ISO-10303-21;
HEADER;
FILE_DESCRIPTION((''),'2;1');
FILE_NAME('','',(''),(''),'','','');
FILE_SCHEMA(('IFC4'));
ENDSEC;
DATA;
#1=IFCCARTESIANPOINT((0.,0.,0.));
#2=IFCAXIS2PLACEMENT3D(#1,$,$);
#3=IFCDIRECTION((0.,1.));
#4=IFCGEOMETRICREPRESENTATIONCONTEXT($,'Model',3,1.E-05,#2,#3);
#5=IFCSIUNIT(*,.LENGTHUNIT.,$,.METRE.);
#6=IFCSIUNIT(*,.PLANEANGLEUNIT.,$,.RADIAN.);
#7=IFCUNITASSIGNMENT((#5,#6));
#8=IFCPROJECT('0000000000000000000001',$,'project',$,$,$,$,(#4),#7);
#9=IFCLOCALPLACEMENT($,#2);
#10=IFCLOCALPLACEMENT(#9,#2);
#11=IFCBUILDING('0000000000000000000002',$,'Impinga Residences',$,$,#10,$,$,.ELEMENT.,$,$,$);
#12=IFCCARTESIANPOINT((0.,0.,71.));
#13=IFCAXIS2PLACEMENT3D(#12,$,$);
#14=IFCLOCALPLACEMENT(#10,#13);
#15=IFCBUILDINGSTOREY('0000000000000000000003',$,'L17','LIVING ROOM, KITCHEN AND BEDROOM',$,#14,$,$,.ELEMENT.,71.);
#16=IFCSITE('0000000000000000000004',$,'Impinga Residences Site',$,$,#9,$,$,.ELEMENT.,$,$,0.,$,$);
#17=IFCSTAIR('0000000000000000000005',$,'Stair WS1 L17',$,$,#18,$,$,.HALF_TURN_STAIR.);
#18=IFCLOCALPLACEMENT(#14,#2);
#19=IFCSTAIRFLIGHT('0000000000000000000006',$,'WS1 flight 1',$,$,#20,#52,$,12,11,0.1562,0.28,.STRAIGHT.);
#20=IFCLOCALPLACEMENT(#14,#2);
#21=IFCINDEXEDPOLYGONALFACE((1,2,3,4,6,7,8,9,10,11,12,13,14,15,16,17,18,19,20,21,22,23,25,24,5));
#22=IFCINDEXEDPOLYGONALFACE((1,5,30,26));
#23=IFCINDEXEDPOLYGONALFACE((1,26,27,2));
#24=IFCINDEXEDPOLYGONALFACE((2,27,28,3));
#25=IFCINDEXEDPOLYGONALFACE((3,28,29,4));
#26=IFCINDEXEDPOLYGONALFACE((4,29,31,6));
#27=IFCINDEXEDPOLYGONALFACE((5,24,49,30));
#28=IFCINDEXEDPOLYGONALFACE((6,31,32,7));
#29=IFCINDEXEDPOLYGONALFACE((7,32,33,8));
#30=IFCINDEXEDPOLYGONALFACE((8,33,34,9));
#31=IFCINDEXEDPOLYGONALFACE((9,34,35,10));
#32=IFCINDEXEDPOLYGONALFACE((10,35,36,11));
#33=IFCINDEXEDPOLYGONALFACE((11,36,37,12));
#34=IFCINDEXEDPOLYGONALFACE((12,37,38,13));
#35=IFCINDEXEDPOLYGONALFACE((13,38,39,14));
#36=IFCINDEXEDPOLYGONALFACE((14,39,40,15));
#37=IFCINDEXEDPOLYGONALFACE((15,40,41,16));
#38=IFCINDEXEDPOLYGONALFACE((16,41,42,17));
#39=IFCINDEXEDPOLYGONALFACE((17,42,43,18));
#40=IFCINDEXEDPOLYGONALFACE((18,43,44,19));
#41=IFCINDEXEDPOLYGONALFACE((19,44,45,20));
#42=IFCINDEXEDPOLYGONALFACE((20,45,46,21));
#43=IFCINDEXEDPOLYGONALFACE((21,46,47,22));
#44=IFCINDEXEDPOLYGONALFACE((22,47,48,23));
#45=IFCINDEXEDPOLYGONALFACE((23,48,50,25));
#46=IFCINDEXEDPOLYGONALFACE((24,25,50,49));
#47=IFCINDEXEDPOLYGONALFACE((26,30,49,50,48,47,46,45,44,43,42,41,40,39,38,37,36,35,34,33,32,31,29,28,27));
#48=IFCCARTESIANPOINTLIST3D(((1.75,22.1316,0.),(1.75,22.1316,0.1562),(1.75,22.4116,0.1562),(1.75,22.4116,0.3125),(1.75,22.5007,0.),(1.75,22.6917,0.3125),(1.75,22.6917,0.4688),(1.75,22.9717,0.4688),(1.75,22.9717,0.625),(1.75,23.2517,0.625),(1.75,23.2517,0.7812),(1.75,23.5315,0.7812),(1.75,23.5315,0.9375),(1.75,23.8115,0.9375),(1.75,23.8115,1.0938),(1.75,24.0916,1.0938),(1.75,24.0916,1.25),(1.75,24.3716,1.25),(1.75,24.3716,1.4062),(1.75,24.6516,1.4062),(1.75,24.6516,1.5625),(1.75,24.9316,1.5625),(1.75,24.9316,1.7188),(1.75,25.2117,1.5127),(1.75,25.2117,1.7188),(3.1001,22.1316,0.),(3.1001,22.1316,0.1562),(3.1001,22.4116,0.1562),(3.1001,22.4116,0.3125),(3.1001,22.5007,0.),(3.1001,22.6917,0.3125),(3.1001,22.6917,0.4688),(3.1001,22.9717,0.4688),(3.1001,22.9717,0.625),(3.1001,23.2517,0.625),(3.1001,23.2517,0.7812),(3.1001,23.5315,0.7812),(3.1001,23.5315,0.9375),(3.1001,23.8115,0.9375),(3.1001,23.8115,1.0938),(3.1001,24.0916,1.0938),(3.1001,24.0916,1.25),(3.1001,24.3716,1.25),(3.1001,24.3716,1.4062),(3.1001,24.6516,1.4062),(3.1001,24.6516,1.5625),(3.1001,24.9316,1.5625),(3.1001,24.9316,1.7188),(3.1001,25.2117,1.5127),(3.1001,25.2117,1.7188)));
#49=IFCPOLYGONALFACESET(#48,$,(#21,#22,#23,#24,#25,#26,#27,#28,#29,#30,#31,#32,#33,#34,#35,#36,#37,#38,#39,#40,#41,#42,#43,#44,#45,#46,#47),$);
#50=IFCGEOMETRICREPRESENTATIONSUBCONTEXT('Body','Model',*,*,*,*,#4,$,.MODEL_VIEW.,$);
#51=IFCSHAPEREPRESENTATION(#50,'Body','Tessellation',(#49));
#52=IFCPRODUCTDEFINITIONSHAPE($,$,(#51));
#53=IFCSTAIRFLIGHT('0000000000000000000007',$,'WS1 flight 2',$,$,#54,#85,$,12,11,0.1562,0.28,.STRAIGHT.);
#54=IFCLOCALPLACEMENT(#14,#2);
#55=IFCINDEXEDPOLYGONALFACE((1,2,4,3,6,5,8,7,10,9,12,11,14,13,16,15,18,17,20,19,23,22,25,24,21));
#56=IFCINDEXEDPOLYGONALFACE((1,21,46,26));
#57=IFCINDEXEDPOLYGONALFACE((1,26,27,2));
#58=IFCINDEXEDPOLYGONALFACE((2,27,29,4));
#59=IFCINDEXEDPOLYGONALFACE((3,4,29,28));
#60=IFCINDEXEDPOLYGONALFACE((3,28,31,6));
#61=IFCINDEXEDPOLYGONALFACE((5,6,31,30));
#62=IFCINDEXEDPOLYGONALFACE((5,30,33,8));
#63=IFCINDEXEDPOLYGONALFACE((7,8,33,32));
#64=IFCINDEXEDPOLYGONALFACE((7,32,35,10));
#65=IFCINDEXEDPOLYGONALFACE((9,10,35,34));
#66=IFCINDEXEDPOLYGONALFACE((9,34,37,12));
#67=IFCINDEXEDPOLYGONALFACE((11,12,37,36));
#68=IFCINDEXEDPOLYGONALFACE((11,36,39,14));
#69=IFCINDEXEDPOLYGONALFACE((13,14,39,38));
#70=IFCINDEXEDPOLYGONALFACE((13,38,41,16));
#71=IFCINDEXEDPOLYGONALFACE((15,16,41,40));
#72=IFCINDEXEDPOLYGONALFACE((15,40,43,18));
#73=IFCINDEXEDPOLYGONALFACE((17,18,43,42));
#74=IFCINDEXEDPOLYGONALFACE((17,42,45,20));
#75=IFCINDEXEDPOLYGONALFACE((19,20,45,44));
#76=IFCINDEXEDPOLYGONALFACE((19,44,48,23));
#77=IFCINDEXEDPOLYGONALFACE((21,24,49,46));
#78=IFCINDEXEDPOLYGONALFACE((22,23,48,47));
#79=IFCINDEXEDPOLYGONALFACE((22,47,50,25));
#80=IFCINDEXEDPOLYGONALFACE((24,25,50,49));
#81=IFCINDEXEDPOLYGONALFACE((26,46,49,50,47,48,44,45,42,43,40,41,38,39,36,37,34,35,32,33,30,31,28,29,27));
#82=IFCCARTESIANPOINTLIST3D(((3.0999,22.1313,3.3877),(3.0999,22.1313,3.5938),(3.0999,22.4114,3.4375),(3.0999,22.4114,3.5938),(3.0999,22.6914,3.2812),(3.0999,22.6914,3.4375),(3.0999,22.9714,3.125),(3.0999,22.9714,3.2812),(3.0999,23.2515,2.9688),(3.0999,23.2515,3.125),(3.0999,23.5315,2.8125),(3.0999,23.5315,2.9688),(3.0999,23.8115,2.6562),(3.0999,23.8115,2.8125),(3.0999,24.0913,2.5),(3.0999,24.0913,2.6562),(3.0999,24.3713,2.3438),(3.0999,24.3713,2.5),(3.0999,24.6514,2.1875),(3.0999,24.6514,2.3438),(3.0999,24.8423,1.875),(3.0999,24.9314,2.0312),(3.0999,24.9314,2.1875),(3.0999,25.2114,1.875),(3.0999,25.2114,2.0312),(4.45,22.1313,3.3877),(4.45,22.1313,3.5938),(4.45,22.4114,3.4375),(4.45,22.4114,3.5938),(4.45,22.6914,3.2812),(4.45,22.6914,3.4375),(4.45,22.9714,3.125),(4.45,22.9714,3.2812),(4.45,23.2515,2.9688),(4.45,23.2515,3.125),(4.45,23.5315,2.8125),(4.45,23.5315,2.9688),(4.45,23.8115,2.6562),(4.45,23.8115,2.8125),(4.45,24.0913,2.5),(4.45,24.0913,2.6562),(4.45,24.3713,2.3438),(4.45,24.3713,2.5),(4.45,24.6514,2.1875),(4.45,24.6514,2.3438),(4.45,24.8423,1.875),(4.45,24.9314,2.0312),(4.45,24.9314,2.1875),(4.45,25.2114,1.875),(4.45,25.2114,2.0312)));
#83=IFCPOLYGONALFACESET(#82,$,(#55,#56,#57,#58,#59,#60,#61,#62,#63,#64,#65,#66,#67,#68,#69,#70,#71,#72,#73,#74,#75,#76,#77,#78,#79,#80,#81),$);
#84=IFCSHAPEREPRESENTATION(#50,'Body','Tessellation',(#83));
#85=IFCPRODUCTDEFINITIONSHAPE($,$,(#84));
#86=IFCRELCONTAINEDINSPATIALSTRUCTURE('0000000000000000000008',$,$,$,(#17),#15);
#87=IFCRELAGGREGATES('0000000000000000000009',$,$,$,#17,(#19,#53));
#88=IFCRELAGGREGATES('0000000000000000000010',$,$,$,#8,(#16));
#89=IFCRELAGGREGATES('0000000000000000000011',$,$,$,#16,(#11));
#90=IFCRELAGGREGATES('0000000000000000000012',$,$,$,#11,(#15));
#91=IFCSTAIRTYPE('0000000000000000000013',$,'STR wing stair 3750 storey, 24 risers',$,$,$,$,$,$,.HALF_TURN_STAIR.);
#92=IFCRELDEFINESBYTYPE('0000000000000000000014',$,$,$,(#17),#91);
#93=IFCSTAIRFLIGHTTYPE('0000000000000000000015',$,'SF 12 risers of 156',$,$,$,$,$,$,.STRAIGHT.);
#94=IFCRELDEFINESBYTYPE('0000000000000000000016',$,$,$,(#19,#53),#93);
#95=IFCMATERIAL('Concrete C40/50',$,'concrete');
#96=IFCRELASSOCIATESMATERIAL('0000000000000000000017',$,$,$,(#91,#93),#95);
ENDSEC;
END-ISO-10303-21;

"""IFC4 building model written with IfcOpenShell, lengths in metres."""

from ifc_helpers import new_model, si_unit, direction, frame, origin, place, context, subcontext, project, spatial, polyline, outline, extrude, material, type_object, element, aggregate, save


model = new_model("IFC4")

# Units and contexts
model_context = context("Model", 3, precision=1e-05, world=origin(), true_north=direction((0.0, 1.0)))
body_context = subcontext(model_context, "Body", "Model", "MODEL_VIEW")
ifc_project = project(units=[si_unit("LENGTHUNIT", "METRE"), si_unit("PLANEANGLEUNIT", "RADIAN")], contexts=[model_context])

# Site, building, storey
site_placement = place(None, origin())
site = spatial("IfcSite", under=ifc_project, at=site_placement, Name="Impinga Residences Site", CompositionType="ELEMENT", RefElevation=0.0)
building_placement = place(site_placement, origin())
building = spatial("IfcBuilding", under=site, at=building_placement, Name="Impinga Residences", CompositionType="ELEMENT")
storey_placement = place(building_placement, frame((0.0, 0.0, 71.0)))
storey = spatial("IfcBuildingStorey", under=building, at=storey_placement, Name="L17", Description="LIVING ROOM, KITCHEN AND BEDROOM", CompositionType="ELEMENT", Elevation=71.0)

# Stair, stair flights
ifc_material_1 = material(Name="Concrete C40/50", Category="concrete")
stair_type = type_object("IfcStairType", Name="STR wing stair 3750 storey, 24 risers", PredefinedType="HALF_TURN_STAIR", material=ifc_material_1)
stair_placement = place(storey_placement, origin())
stair = element("IfcStair", 1, at=stair_placement, inside=storey, type_object=stair_type, Name="Stair WS1 L17", PredefinedType="HALF_TURN_STAIR")
stair_flight_type = type_object("IfcStairFlightType", Name="SF 12 risers of 156", PredefinedType="STRAIGHT", material=ifc_material_1)
stair_flight_1_placement = place(storey_placement, frame((2.425, 22.1316, 0.0), z_axis=(0.0, 0.0, 1.0), x_axis=(0.0, 1.0, 0.0)))
stair_flight_1 = element("IfcStairFlight", 2, at=stair_flight_1_placement, type_object=stair_flight_type, Name="WS1 flight 1", NumberOfRisers=12, NumberOfTreads=11, PredefinedType="STRAIGHT", RiserHeight=0.1562, TreadLength=0.28, context=body_context, shape_type="SweptSolid", body=[
    extrude(outline(polyline([(0.0, 0.0), (0.0, 0.1562), (0.28, 0.1562), (0.28, 0.3125), (0.5601, 0.3125), (0.5601, 0.4688), (0.8401, 0.4688), (0.8401, 0.625), (1.1201, 0.625), (1.1201, 0.7812), (1.3999, 0.7812), (1.3999, 0.9375), (1.6799, 0.9375), (1.6799, 1.0938), (1.96, 1.0938), (1.96, 1.25), (2.24, 1.25), (2.24, 1.4062), (2.52, 1.4062), (2.52, 1.5625), (2.8, 1.5625), (2.8, 1.7188), (3.0801, 1.7188), (3.0801, 1.875), (3.0801, 1.5127), (0.3691, 0.0), (0.0, 0.0)])), frame((0.0, 0.675, 0.0), z_axis=(0.0, -1.0, 0.0), x_axis=(1.0, 0.0, 0.0)), (0.0, 0.0, 1.0), 1.3501),
])
stair_flight_2_placement = place(storey_placement, frame((3.7749, 25.2114, 1.875), z_axis=(0.0, 0.0, 1.0), x_axis=(0.0, -1.0, 0.0)))
stair_flight_2 = element("IfcStairFlight", 3, at=stair_flight_2_placement, type_object=stair_flight_type, Name="WS1 flight 2", NumberOfRisers=12, NumberOfTreads=11, PredefinedType="STRAIGHT", RiserHeight=0.1562, TreadLength=0.28, context=body_context, shape_type="SweptSolid", body=[
    extrude(outline(polyline([(0.0, 0.0), (0.0, 0.1562), (0.28, 0.1562), (0.28, 0.3125), (0.5601, 0.3125), (0.5601, 0.4688), (0.8401, 0.4688), (0.8401, 0.625), (1.1201, 0.625), (1.1201, 0.7812), (1.3999, 0.7812), (1.3999, 0.9375), (1.6799, 0.9375), (1.6799, 1.0938), (1.96, 1.0938), (1.96, 1.25), (2.24, 1.25), (2.24, 1.4062), (2.52, 1.4062), (2.52, 1.5625), (2.8, 1.5625), (2.8, 1.7188), (3.0801, 1.7188), (3.0801, 1.875), (3.0801, 1.5127), (0.3691, 0.0), (0.0, 0.0)])), frame((0.0, 0.675, 0.0), z_axis=(0.0, -1.0, 0.0), x_axis=(1.0, 0.0, 0.0)), (0.0, 0.0, 1.0), 1.3501),
])
aggregate(stair, [stair_flight_1, stair_flight_2])

save(model, "model.ifc")
